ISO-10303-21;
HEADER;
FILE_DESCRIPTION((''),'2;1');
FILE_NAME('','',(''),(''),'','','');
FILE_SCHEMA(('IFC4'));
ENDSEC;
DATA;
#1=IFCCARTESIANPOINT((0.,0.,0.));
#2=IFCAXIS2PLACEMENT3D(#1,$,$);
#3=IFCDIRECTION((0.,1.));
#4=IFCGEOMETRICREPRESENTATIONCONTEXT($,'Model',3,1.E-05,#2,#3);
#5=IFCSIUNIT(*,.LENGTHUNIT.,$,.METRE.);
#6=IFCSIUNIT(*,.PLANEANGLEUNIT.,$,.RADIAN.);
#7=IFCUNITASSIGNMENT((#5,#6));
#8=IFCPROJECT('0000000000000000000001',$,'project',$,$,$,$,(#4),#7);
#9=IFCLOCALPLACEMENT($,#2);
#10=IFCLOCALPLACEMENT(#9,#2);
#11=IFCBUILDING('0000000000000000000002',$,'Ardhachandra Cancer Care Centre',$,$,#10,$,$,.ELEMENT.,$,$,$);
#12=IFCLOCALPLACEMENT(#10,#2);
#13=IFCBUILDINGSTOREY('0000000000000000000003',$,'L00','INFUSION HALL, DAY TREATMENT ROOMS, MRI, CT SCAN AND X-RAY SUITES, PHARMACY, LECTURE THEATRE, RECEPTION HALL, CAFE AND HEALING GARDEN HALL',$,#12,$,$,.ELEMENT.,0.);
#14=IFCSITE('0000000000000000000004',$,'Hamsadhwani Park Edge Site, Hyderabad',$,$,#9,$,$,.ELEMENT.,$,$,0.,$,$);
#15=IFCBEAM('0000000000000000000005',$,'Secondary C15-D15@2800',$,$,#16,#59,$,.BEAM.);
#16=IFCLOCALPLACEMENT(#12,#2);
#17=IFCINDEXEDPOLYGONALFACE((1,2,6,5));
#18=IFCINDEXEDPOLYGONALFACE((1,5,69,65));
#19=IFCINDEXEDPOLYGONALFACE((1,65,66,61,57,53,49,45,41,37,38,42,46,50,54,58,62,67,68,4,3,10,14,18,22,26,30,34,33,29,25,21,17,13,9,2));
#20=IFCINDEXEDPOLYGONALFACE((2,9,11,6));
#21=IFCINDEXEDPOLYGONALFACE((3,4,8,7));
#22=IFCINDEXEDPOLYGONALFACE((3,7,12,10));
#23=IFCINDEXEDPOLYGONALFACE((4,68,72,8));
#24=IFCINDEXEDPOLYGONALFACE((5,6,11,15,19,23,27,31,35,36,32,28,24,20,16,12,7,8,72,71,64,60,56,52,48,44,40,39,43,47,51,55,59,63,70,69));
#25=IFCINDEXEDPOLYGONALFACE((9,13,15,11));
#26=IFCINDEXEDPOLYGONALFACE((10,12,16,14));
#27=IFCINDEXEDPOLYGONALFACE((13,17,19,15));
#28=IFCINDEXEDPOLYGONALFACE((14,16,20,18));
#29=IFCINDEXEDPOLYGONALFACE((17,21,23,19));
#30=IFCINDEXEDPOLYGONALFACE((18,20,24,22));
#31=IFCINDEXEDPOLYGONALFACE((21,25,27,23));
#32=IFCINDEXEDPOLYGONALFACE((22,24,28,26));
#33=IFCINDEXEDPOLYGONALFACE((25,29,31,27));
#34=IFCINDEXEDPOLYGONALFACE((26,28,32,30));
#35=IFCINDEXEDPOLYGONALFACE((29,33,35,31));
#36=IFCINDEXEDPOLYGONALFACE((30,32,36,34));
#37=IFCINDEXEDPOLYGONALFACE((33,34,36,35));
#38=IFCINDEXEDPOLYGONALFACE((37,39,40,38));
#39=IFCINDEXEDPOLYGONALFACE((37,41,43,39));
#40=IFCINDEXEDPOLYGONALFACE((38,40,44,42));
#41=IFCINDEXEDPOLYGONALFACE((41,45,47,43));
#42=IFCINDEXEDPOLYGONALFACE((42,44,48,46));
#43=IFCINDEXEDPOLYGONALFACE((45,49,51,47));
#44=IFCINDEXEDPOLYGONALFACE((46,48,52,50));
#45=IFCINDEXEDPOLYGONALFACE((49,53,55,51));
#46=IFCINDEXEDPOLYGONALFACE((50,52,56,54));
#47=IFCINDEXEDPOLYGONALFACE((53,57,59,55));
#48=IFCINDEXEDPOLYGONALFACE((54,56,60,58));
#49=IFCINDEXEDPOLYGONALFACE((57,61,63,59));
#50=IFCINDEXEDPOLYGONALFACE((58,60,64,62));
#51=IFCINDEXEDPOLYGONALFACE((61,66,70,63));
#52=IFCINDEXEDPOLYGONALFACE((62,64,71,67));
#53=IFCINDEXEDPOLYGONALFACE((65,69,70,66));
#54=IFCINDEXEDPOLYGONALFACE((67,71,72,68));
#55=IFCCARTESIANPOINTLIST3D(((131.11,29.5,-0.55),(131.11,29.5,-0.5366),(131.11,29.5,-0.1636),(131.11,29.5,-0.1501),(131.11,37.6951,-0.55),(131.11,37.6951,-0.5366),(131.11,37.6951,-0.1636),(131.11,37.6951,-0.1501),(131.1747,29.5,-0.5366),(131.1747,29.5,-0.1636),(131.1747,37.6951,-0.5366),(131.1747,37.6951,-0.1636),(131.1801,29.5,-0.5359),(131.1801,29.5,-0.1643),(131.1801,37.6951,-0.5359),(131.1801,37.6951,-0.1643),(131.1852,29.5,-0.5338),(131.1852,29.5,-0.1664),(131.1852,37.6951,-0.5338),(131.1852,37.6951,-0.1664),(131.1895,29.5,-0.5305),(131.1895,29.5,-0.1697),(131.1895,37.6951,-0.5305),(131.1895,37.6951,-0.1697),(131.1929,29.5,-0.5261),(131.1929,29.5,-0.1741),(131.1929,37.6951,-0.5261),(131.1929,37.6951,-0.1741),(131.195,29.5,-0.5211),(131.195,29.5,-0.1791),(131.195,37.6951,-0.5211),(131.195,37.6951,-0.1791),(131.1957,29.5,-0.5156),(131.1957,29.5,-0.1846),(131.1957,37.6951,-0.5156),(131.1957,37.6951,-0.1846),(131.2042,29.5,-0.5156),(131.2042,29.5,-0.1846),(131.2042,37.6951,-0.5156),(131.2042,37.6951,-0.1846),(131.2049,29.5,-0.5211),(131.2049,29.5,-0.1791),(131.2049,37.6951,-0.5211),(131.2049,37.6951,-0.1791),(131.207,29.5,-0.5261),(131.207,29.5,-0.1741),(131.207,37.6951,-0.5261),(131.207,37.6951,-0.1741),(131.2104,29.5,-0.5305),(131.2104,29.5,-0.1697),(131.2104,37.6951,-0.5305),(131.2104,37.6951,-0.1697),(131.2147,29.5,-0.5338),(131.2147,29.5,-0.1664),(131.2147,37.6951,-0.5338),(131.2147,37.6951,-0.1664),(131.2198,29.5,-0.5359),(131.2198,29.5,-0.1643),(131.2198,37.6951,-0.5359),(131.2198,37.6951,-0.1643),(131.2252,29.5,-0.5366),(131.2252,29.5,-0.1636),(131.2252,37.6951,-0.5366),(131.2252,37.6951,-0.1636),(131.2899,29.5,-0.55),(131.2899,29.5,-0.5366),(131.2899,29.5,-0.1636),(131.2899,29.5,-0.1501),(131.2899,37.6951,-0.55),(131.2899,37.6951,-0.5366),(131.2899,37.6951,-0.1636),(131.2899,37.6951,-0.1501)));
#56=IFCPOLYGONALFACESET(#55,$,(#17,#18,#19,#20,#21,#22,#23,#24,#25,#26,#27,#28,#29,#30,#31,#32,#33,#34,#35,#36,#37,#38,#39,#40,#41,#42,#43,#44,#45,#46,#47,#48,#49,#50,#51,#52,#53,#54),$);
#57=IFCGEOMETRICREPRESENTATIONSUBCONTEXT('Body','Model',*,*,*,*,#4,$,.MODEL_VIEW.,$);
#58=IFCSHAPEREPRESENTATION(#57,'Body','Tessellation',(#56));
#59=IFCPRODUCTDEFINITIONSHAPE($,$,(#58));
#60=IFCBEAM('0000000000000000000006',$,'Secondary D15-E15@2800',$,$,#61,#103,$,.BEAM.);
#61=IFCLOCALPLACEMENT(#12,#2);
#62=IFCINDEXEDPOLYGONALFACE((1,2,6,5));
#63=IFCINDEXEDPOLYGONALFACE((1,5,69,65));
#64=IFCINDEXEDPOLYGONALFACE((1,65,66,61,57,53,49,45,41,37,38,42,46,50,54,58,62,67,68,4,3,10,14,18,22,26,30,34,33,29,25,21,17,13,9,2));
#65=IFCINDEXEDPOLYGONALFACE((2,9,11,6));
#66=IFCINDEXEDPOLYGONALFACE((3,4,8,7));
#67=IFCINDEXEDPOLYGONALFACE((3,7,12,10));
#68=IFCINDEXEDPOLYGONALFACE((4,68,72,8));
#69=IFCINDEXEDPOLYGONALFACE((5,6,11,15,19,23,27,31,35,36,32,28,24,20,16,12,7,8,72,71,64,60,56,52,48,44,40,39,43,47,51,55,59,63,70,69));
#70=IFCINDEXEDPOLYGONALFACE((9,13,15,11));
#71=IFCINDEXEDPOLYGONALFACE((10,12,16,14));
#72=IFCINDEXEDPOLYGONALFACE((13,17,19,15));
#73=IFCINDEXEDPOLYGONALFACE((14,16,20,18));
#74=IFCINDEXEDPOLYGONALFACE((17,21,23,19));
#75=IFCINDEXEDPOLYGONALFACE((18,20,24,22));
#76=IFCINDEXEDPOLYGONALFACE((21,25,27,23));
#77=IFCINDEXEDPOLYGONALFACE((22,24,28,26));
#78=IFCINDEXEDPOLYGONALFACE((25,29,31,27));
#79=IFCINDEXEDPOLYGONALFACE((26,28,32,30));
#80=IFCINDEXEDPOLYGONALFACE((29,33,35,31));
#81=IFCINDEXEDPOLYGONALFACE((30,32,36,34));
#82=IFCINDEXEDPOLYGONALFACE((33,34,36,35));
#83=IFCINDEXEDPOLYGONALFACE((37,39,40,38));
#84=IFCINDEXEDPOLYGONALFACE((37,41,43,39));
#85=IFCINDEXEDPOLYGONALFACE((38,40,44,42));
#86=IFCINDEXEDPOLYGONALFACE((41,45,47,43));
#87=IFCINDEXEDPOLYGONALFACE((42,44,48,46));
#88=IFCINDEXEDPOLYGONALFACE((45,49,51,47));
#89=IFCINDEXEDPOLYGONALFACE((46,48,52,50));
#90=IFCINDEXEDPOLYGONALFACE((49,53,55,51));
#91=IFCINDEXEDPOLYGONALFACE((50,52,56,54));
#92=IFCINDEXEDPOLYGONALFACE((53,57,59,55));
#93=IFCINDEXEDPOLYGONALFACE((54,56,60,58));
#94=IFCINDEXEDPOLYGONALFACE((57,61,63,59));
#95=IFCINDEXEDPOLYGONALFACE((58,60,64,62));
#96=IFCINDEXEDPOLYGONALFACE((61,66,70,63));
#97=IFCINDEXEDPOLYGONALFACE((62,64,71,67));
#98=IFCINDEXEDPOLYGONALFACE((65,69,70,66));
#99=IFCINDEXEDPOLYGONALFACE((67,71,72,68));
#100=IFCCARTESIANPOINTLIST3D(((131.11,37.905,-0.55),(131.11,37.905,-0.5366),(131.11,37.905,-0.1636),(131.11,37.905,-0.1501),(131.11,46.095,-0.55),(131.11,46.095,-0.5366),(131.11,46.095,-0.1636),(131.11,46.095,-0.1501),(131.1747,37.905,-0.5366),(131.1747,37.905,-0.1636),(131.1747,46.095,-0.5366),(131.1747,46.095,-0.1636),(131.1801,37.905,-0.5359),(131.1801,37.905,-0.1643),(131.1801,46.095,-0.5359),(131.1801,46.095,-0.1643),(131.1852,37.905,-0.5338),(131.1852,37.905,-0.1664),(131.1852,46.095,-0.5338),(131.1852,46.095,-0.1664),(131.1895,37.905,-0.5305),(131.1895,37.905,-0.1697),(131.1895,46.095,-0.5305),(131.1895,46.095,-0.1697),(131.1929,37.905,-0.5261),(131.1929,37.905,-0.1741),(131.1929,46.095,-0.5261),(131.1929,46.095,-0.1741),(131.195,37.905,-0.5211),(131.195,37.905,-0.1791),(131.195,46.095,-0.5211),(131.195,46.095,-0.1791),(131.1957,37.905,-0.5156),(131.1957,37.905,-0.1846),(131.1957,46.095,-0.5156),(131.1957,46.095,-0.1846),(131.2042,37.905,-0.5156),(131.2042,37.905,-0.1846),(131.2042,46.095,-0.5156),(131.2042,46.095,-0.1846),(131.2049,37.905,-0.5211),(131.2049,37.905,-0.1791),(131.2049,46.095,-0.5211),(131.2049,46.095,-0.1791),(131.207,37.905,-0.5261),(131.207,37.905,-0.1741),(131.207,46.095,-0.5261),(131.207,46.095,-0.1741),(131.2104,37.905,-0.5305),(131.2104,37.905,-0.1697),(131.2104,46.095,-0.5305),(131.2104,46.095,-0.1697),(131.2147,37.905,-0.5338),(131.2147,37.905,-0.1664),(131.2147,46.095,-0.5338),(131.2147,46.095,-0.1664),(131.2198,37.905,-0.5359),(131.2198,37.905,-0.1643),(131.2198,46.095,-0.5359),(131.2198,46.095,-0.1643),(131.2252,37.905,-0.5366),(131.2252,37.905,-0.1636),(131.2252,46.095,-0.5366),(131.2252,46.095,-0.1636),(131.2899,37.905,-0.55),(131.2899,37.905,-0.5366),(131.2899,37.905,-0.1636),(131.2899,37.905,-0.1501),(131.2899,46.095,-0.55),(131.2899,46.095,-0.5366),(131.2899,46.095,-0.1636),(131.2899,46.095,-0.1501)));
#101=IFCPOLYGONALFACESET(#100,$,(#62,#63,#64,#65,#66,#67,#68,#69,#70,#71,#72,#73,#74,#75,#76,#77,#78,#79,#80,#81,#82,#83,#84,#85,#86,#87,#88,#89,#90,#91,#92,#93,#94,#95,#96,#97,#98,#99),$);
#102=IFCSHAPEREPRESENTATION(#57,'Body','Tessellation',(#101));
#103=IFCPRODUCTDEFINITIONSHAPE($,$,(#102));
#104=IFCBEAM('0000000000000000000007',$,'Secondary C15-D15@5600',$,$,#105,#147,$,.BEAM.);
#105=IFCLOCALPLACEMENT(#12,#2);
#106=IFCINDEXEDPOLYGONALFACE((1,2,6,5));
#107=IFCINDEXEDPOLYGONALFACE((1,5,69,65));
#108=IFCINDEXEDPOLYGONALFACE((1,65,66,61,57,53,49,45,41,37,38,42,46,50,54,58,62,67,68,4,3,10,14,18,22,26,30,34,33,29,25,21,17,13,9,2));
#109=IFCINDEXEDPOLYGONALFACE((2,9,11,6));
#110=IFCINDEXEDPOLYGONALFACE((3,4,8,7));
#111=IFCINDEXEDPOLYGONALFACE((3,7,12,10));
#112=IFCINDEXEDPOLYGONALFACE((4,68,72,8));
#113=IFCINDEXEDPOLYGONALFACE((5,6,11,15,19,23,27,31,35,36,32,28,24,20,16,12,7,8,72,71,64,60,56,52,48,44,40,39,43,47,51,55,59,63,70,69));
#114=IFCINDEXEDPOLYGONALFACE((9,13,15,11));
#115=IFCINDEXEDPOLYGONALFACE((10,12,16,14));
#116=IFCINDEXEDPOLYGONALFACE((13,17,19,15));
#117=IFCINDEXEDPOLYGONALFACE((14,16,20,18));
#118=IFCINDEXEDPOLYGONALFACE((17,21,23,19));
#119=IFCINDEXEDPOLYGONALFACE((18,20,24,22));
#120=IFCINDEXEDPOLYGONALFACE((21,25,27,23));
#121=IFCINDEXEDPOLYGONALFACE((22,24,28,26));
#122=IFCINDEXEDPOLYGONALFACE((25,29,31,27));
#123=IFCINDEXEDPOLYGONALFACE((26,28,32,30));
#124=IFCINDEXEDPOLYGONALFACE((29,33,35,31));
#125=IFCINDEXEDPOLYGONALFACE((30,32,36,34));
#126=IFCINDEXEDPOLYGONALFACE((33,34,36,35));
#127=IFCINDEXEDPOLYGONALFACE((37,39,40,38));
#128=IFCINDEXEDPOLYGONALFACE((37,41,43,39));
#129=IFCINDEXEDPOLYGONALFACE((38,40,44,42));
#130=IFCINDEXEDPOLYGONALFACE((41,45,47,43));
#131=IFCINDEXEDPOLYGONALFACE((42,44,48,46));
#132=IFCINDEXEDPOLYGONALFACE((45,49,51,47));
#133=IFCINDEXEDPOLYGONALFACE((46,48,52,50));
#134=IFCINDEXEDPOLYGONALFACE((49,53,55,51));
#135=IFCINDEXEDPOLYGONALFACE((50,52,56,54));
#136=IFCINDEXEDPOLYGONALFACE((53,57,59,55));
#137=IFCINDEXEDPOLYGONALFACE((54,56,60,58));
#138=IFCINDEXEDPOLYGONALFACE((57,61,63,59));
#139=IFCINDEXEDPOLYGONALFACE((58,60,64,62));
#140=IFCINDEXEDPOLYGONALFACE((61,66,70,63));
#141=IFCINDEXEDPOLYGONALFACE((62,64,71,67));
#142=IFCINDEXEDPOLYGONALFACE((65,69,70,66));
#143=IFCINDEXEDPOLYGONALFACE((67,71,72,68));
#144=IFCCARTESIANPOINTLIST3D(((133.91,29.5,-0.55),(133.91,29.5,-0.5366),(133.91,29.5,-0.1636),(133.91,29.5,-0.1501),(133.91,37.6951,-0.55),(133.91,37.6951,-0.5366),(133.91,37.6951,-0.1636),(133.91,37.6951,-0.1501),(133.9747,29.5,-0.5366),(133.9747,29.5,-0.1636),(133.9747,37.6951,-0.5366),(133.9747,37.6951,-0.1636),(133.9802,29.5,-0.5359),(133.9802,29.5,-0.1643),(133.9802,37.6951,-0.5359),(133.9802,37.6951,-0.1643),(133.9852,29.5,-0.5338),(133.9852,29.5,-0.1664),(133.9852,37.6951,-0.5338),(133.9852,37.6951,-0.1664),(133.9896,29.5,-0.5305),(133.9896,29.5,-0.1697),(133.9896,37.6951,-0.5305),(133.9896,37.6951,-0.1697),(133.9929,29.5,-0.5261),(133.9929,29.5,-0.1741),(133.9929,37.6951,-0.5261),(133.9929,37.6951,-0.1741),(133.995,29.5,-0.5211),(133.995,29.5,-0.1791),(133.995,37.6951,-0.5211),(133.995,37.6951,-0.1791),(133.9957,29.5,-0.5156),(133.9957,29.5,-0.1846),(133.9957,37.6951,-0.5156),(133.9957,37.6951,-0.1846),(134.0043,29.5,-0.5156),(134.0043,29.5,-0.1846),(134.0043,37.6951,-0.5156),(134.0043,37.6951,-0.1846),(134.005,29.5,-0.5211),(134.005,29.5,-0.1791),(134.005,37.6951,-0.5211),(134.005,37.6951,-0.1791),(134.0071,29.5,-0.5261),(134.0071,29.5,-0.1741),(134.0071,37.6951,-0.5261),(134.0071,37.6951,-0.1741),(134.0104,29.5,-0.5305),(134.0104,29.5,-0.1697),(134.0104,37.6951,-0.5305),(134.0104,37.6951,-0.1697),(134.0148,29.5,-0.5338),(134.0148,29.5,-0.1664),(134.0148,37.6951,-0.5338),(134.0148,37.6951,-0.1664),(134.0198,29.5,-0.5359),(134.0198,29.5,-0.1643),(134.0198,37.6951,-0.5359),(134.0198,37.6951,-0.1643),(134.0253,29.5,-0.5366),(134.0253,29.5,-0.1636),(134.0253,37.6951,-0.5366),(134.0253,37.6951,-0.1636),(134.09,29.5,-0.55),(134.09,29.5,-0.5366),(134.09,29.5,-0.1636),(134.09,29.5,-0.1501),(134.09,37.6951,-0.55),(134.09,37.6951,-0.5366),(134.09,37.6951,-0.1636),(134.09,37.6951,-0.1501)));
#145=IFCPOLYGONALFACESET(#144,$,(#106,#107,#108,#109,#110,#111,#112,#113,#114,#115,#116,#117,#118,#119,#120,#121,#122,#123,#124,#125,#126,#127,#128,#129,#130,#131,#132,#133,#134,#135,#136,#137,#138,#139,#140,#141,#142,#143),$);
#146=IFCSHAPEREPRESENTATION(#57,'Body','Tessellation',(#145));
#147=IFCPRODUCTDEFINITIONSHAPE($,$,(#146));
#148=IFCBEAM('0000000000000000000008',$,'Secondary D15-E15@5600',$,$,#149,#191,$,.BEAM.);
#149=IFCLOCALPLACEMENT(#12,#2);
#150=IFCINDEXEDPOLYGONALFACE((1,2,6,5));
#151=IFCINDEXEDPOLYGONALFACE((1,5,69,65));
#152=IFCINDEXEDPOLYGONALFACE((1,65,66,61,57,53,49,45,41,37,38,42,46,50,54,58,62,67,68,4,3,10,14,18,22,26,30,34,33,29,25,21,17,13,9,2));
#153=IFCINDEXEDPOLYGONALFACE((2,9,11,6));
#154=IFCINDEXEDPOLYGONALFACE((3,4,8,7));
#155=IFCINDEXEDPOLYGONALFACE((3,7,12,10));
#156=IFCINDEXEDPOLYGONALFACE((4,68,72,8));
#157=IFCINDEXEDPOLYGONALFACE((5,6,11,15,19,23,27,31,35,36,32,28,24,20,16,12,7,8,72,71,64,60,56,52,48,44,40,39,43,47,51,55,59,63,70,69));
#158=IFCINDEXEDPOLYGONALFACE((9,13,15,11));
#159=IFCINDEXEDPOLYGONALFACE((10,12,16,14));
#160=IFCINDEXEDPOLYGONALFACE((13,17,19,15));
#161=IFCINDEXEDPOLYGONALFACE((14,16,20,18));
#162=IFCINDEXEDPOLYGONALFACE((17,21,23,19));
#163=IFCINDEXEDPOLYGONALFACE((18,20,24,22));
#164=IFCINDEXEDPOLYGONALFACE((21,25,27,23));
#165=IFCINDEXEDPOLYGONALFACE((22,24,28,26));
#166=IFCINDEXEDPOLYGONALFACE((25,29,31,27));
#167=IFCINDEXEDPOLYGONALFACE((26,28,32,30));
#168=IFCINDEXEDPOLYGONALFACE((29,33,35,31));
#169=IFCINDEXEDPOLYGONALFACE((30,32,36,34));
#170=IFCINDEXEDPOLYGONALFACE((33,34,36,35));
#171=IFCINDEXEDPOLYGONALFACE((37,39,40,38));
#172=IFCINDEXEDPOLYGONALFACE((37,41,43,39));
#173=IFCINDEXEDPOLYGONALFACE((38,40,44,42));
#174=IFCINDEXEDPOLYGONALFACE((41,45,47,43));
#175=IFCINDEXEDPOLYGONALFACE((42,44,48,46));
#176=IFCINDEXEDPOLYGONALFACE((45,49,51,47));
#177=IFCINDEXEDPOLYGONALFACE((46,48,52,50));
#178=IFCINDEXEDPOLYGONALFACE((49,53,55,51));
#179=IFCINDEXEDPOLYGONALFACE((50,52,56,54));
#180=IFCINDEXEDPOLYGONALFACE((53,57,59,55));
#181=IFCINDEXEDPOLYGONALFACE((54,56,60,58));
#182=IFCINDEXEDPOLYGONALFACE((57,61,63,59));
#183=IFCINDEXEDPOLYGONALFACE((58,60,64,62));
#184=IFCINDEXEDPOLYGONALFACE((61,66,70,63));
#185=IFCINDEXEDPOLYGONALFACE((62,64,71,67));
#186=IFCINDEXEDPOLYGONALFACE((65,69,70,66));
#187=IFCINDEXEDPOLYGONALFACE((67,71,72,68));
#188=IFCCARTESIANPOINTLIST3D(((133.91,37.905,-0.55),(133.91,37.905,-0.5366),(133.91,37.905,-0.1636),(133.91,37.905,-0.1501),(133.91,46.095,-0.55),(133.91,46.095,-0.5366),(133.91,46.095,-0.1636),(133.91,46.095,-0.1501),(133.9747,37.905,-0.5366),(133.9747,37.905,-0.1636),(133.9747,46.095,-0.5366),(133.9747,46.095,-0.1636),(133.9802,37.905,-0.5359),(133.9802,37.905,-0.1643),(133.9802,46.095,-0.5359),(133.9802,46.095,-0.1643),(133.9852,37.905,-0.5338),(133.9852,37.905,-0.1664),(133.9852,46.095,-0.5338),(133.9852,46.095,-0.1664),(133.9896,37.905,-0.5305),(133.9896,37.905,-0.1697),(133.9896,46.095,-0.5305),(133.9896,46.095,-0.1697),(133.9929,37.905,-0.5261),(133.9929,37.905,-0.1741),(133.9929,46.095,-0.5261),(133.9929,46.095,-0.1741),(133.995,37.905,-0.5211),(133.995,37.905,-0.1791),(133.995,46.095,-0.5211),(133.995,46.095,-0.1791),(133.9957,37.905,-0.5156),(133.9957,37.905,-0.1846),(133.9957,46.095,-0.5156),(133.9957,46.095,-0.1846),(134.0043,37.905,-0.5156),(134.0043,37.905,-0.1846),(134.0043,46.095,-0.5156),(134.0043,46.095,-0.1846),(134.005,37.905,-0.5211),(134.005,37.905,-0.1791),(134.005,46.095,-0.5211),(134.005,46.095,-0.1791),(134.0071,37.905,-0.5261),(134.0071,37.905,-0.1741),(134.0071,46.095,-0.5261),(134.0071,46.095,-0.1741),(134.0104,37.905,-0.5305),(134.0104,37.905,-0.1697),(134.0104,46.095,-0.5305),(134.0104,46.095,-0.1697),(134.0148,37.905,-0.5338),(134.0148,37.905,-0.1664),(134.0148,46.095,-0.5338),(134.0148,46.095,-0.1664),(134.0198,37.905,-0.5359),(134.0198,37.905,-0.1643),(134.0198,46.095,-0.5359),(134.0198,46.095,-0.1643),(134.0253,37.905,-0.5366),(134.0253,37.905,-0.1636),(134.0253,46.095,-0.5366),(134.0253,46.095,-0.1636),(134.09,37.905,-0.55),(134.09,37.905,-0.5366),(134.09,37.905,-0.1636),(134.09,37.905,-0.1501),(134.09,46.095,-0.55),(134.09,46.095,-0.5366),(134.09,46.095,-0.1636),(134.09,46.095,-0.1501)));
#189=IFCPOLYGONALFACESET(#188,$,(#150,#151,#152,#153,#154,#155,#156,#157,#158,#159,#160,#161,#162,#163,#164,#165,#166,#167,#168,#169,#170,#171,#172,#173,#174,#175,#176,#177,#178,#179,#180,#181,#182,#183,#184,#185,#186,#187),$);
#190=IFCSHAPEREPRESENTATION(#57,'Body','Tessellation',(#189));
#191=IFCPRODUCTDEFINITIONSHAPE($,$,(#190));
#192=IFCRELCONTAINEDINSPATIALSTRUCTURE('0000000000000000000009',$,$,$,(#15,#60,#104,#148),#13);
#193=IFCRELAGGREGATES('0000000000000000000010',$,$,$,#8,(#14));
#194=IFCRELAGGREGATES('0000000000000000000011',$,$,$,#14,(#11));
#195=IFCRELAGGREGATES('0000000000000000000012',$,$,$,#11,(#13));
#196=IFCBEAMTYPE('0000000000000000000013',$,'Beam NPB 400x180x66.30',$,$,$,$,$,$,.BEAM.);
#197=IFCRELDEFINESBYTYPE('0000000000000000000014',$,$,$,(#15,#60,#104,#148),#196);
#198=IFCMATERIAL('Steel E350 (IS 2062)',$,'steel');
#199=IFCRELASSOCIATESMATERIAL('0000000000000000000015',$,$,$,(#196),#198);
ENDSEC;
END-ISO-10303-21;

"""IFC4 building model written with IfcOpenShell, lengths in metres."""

from ifc_helpers import new_model, si_unit, direction, frame, origin, origin_2d, place, context, subcontext, project, spatial, i_section, extrude, material, material_profile, profile_set, type_object, element, save


model = new_model("IFC4")

# Units and contexts
model_context = context("Model", 3, precision=1e-05, world=origin(), true_north=direction((0.0, 1.0)))
body_context = subcontext(model_context, "Body", "Model", "MODEL_VIEW")
ifc_project = project(units=[si_unit("LENGTHUNIT", "METRE"), si_unit("PLANEANGLEUNIT", "RADIAN")], contexts=[model_context])

# Site, building, storey
site_placement = place(None, origin())
site = spatial("IfcSite", under=ifc_project, at=site_placement, Name="Hamsadhwani Park Edge Site, Hyderabad", CompositionType="ELEMENT", RefElevation=0.0)
building_placement = place(site_placement, origin())
building = spatial("IfcBuilding", under=site, at=building_placement, Name="Ardhachandra Cancer Care Centre", CompositionType="ELEMENT")
storey_placement = place(building_placement, origin())
storey = spatial("IfcBuildingStorey", under=building, at=storey_placement, Name="L00", Description="INFUSION HALL, DAY TREATMENT ROOMS, MRI, CT SCAN AND X-RAY SUITES, PHARMACY, LECTURE THEATRE, RECEPTION HALL, CAFE AND HEALING GARDEN HALL", CompositionType="ELEMENT", Elevation=0.0)

# Beams
ifc_material_1 = material(Name="Steel E350 (IS 2062)", Category="steel")
ifc_material_profile_1 = material_profile(ifc_material_1, i_section(OverallWidth=0.1799, OverallDepth=0.3999, WebThickness=0.0085, FlangeThickness=0.0134, FilletRadius=0.021, at=origin_2d()), Name="NPB 400x180x66.30")
ifc_profile_set_1 = profile_set([ifc_material_profile_1], Name="Steel E350 (IS 2062)")
beam_type_1 = type_object("IfcBeamType", Name="Beam NPB 400x180x66.30", PredefinedType="BEAM", material=ifc_profile_set_1)
beam_1_placement = place(storey_placement, frame((131.2, 29.5, -0.3501), z_axis=(0.0, 1.0, 0.0), x_axis=(-1.0, 0.0, 0.0)))
element("IfcBeam", 1, at=beam_1_placement, inside=storey, type_object=beam_type_1, Name="Secondary C15-D15@2800", PredefinedType="BEAM", context=body_context, shape_type="SweptSolid", body=[
    extrude(i_section(OverallWidth=0.1799, OverallDepth=0.3999, WebThickness=0.0085, FlangeThickness=0.0134, FilletRadius=0.021, at=origin_2d()), origin(), (0.0, 0.0, 1.0), 8.1951),
])
beam_2_placement = place(storey_placement, frame((131.2, 37.905, -0.3501), z_axis=(0.0, 1.0, 0.0), x_axis=(-1.0, 0.0, 0.0)))
element("IfcBeam", 2, at=beam_2_placement, inside=storey, type_object=beam_type_1, Name="Secondary D15-E15@2800", PredefinedType="BEAM", context=body_context, shape_type="SweptSolid", body=[
    extrude(i_section(OverallWidth=0.1799, OverallDepth=0.3999, WebThickness=0.0085, FlangeThickness=0.0134, FilletRadius=0.021, at=origin_2d()), origin(), (0.0, 0.0, 1.0), 8.1899),
])
beam_3_placement = place(storey_placement, frame((134.0, 29.5, -0.3501), z_axis=(0.0, 1.0, 0.0), x_axis=(-1.0, 0.0, 0.0)))
element("IfcBeam", 3, at=beam_3_placement, inside=storey, type_object=beam_type_1, Name="Secondary C15-D15@5600", PredefinedType="BEAM", context=body_context, shape_type="SweptSolid", body=[
    extrude(i_section(OverallWidth=0.1799, OverallDepth=0.3999, WebThickness=0.0085, FlangeThickness=0.0134, FilletRadius=0.021, at=origin_2d()), origin(), (0.0, 0.0, 1.0), 8.1951),
])
beam_4_placement = place(storey_placement, frame((134.0, 37.905, -0.3501), z_axis=(0.0, 1.0, 0.0), x_axis=(-1.0, 0.0, 0.0)))
element("IfcBeam", 4, at=beam_4_placement, inside=storey, type_object=beam_type_1, Name="Secondary D15-E15@5600", PredefinedType="BEAM", context=body_context, shape_type="SweptSolid", body=[
    extrude(i_section(OverallWidth=0.1799, OverallDepth=0.3999, WebThickness=0.0085, FlangeThickness=0.0134, FilletRadius=0.021, at=origin_2d()), origin(), (0.0, 0.0, 1.0), 8.1899),
])

save(model, "model.ifc")
